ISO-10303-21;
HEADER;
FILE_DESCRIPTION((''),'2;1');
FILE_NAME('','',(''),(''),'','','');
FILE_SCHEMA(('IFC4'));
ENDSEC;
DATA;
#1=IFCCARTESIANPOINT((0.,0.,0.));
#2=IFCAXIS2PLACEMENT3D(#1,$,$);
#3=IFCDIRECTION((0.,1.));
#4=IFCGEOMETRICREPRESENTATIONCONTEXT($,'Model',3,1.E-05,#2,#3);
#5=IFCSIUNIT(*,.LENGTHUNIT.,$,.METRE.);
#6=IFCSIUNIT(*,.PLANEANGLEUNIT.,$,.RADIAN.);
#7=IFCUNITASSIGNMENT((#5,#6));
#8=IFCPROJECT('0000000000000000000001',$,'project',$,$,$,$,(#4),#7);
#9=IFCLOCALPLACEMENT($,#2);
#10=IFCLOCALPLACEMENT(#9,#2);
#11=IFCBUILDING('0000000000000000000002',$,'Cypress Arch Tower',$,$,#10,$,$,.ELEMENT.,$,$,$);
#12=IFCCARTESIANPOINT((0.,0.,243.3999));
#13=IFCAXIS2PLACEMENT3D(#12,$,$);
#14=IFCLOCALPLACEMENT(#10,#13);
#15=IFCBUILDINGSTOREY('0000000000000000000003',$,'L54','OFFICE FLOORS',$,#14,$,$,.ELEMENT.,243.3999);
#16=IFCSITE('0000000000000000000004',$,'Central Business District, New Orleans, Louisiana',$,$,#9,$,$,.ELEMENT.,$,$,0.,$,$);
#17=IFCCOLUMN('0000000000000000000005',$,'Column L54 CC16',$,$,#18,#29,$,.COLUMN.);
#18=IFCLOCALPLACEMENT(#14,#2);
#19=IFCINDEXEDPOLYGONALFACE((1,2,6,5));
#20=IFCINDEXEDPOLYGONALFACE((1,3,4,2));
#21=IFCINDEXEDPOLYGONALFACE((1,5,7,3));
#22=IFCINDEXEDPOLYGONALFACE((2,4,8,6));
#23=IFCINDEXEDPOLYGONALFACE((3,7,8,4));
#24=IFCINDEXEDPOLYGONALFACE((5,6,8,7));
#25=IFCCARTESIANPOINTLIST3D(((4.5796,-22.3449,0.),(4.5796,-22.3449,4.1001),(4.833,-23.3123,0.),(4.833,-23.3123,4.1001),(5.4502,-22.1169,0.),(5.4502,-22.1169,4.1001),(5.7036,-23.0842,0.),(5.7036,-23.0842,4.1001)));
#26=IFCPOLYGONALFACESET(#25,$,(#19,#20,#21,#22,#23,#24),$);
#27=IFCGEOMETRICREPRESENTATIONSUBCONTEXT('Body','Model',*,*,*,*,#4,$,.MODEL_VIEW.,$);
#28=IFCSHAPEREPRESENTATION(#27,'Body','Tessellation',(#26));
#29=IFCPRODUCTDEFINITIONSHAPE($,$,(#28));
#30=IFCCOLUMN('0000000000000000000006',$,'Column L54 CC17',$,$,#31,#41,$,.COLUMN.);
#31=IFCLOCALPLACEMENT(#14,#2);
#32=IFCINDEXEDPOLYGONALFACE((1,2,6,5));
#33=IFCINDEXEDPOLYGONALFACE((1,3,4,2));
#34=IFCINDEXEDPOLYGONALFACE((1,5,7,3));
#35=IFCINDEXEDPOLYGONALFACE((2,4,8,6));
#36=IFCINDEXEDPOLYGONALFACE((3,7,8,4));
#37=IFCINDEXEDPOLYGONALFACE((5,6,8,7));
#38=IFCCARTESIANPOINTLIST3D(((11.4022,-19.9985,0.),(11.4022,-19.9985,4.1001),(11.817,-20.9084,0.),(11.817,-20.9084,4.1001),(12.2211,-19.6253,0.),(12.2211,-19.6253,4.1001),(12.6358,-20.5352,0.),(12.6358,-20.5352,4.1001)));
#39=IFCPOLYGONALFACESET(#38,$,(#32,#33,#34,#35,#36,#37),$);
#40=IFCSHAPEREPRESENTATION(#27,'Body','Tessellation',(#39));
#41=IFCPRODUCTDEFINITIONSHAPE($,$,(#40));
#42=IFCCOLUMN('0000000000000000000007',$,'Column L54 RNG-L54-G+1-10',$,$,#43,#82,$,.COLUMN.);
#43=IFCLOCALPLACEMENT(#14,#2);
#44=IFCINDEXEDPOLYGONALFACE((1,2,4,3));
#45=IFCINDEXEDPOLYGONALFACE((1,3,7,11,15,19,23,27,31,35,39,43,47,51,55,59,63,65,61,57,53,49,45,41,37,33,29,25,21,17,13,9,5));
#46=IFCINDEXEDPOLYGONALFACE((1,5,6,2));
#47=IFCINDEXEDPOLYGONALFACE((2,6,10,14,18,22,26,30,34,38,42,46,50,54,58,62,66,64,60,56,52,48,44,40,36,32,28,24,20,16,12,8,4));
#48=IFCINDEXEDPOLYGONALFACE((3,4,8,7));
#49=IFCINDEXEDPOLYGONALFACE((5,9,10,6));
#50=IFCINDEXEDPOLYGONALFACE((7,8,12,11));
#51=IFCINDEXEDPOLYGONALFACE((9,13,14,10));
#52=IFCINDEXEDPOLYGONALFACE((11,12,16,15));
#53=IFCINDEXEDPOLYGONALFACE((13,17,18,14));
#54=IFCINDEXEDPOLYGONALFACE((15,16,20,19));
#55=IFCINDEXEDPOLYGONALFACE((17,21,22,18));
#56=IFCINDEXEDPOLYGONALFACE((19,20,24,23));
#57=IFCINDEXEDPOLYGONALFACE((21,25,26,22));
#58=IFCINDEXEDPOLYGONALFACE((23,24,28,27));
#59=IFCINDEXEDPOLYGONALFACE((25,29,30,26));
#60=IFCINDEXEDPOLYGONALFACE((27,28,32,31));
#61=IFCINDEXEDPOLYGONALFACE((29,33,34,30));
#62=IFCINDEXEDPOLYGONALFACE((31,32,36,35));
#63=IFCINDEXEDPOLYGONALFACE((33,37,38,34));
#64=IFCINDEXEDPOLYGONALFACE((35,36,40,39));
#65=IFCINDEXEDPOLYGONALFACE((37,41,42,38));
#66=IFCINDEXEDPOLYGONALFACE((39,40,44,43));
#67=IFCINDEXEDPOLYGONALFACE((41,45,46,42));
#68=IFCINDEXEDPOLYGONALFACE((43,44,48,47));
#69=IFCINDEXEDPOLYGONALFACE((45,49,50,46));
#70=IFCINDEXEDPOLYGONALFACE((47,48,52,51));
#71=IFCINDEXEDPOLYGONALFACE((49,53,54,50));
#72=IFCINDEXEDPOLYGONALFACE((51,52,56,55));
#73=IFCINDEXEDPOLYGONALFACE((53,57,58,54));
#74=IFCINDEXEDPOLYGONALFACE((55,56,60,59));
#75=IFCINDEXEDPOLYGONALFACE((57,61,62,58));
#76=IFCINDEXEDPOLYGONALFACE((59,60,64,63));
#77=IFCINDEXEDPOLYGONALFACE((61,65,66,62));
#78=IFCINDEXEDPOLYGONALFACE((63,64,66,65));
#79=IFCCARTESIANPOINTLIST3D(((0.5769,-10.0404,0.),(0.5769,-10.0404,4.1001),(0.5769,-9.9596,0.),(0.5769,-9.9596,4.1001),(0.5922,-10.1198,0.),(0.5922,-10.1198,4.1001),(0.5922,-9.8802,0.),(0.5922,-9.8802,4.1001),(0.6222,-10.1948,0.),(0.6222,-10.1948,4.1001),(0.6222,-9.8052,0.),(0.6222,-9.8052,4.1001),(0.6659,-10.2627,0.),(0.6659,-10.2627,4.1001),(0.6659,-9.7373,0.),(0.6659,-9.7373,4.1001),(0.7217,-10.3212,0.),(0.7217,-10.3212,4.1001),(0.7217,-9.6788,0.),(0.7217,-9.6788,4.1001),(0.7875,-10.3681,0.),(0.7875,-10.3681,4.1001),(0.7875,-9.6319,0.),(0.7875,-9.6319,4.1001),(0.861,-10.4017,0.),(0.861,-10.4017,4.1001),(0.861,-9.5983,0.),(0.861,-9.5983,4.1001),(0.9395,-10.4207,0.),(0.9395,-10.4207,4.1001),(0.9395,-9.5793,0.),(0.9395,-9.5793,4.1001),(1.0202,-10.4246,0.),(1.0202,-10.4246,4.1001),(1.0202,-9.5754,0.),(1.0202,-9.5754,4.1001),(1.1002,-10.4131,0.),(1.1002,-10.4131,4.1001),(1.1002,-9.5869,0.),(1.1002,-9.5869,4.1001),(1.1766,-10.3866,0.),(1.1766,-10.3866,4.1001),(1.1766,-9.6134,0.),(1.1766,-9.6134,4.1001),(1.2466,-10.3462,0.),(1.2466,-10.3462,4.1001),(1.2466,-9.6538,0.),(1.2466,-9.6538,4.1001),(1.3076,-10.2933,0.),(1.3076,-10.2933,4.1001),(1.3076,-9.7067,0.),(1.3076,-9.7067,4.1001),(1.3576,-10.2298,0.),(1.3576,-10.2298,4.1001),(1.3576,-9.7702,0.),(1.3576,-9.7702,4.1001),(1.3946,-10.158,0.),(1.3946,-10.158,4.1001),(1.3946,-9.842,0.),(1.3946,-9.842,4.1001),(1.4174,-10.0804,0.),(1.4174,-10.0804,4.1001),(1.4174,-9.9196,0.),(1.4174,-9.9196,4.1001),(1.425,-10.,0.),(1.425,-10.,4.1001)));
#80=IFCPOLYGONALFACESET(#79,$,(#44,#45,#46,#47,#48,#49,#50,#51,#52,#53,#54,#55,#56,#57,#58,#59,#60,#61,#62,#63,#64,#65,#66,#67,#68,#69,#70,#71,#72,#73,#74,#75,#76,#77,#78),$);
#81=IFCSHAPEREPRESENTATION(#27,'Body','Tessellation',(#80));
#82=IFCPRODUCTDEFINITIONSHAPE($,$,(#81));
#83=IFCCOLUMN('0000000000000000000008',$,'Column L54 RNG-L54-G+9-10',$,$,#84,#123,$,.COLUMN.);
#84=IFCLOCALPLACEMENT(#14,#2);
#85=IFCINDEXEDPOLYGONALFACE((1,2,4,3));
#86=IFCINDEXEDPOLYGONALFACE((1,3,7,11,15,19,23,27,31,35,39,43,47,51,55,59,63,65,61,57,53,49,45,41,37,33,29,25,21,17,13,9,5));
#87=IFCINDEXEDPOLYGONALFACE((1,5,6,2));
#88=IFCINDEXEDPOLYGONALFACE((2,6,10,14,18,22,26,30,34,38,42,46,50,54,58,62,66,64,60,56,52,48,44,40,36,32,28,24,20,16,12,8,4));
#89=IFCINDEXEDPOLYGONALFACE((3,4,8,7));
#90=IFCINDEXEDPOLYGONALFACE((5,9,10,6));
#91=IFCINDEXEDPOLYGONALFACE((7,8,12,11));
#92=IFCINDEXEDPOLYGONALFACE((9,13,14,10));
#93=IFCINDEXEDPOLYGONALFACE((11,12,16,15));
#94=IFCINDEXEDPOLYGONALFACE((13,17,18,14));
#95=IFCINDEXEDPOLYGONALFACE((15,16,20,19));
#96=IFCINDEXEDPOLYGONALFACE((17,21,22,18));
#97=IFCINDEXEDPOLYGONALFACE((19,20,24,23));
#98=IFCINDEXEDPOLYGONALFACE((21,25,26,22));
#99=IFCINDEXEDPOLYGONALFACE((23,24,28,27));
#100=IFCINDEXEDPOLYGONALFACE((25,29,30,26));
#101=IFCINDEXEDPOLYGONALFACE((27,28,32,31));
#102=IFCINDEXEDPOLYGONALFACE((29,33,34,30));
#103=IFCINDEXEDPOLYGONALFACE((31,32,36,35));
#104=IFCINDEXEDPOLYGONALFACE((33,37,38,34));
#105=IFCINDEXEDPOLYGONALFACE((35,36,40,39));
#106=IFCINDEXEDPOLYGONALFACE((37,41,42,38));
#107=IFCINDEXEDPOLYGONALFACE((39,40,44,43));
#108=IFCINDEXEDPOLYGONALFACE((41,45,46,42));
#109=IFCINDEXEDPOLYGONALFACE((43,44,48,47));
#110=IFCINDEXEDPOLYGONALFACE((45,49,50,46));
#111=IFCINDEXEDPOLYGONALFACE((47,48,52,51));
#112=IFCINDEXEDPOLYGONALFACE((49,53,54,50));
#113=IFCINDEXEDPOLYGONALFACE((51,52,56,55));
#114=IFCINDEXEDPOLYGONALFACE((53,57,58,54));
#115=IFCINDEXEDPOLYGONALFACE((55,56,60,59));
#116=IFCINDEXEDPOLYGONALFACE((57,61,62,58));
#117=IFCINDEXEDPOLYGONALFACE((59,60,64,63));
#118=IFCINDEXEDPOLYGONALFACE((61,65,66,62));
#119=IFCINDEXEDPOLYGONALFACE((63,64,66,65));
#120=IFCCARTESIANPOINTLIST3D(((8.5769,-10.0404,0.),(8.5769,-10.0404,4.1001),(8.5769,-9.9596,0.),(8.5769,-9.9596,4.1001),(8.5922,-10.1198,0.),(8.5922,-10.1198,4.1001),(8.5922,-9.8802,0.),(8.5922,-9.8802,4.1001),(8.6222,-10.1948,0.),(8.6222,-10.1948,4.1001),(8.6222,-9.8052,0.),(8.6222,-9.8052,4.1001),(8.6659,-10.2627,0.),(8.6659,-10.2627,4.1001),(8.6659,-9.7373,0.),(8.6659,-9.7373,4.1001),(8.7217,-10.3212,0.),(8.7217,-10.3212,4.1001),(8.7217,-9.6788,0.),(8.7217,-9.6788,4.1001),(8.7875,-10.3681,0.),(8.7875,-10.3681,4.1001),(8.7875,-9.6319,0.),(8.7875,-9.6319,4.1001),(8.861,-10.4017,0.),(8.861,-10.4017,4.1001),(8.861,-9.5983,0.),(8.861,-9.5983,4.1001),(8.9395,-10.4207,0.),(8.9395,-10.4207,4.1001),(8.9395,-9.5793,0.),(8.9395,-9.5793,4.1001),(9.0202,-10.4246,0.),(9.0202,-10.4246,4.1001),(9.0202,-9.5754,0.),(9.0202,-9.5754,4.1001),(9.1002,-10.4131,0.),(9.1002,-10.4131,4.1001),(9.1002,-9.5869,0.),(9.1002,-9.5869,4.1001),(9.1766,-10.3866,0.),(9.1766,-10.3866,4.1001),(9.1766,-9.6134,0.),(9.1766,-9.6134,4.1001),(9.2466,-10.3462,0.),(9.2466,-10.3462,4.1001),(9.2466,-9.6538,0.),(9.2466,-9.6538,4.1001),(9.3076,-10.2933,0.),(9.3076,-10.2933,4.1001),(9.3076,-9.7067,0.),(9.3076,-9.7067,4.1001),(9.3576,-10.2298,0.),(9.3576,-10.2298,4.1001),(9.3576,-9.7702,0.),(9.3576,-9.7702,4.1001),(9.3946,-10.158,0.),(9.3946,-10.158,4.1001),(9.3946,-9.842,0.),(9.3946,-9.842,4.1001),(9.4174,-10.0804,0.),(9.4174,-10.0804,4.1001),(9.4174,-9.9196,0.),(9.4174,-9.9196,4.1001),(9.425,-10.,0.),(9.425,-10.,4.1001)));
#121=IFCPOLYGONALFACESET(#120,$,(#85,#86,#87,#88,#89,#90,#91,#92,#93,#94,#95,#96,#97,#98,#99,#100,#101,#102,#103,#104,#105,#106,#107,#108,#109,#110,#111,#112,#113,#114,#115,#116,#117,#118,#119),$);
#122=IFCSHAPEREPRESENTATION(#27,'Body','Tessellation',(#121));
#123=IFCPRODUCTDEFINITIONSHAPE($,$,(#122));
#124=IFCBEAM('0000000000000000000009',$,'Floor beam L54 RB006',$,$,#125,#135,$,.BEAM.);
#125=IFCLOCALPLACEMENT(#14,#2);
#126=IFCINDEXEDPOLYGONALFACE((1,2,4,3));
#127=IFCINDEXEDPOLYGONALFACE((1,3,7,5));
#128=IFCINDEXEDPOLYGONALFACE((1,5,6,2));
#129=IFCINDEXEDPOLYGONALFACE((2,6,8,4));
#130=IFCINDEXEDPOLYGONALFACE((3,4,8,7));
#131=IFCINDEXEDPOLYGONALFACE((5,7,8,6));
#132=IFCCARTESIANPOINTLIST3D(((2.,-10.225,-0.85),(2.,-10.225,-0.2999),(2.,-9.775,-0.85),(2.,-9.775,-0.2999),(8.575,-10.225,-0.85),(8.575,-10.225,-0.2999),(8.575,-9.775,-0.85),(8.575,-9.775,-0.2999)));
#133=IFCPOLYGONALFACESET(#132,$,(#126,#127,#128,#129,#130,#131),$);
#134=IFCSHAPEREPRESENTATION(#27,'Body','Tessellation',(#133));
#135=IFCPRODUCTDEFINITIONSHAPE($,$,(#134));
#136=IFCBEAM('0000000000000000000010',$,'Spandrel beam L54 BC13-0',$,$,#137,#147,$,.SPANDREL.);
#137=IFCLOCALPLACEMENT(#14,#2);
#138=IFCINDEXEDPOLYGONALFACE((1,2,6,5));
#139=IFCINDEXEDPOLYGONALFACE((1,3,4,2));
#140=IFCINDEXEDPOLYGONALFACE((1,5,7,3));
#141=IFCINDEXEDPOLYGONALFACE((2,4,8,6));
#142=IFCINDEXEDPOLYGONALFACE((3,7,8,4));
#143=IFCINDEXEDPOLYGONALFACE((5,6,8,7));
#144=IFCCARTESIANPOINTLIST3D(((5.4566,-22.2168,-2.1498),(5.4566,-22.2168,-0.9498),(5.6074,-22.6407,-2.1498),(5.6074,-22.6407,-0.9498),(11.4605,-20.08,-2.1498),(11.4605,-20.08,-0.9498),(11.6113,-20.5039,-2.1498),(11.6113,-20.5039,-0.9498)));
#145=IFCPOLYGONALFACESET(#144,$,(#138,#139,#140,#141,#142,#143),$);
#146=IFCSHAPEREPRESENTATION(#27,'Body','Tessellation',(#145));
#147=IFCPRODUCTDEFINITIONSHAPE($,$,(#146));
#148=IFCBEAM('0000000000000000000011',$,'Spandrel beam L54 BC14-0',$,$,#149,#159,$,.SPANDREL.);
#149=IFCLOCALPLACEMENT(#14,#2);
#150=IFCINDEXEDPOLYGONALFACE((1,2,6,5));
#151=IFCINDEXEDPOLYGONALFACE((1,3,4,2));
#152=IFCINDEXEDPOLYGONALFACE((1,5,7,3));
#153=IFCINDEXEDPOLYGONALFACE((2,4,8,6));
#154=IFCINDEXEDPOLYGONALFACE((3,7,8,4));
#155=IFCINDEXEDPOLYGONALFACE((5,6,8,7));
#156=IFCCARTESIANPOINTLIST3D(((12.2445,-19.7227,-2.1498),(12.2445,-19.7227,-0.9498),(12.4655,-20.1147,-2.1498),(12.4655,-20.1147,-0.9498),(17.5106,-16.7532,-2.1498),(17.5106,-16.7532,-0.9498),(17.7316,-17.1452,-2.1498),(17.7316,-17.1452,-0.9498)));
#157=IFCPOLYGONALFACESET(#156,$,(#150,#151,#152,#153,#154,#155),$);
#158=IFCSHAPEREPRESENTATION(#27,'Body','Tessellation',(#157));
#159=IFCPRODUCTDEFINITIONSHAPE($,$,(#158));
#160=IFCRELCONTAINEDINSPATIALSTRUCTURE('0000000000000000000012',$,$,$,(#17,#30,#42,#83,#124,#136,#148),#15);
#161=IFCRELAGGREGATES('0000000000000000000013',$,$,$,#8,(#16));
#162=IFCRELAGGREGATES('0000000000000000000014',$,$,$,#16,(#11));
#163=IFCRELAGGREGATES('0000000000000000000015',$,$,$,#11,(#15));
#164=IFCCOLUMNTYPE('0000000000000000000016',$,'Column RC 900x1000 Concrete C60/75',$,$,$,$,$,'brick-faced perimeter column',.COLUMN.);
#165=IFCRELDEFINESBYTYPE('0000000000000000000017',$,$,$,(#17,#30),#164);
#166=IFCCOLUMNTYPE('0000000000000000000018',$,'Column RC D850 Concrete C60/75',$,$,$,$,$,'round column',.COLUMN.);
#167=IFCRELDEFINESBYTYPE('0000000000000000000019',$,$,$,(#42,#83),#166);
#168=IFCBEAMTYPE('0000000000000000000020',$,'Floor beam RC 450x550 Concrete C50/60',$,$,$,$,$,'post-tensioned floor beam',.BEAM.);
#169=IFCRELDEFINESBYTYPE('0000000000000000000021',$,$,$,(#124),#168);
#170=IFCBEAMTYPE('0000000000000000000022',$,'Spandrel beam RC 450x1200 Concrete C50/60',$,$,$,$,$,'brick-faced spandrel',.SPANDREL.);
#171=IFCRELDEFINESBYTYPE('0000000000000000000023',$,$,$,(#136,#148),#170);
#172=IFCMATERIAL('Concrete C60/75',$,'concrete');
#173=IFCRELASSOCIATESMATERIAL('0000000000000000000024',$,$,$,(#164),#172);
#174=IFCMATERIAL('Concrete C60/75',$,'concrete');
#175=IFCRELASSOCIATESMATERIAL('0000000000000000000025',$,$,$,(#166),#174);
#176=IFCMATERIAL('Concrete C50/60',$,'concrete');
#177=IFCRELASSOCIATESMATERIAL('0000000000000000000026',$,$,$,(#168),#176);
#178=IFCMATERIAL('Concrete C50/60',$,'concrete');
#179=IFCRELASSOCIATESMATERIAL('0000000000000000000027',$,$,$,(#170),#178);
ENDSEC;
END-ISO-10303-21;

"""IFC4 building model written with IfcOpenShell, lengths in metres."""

from ifc_helpers import new_model, si_unit, direction, frame, origin, origin_2d, place, context, subcontext, project, spatial, rectangle, circle, extrude, material, material_profile, profile_set, type_object, element, save


model = new_model("IFC4")

# Units and contexts
model_context = context("Model", 3, precision=1e-05, world=origin(), true_north=direction((0.0, 1.0)))
body_context = subcontext(model_context, "Body", "Model", "MODEL_VIEW")
ifc_project = project(units=[si_unit("LENGTHUNIT", "METRE"), si_unit("PLANEANGLEUNIT", "RADIAN")], contexts=[model_context])

# Site, building, storey
site_placement = place(None, origin())
site = spatial("IfcSite", under=ifc_project, at=site_placement, Name="Central Business District, New Orleans, Louisiana", CompositionType="ELEMENT", RefElevation=0.0)
building_placement = place(site_placement, origin())
building = spatial("IfcBuilding", under=site, at=building_placement, Name="Cypress Arch Tower", CompositionType="ELEMENT")
storey_placement = place(building_placement, frame((0.0, 0.0, 243.3999)))
storey = spatial("IfcBuildingStorey", under=building, at=storey_placement, Name="L54", Description="OFFICE FLOORS", CompositionType="ELEMENT", Elevation=243.3999)

# Columns
ifc_material_1 = material(Name="Concrete C60/75", Category="concrete")
ifc_material_profile_1 = material_profile(ifc_material_1, rectangle(XDim=0.8999, YDim=1.0, at=origin_2d()), Name="RC 900x1000")
ifc_profile_set_1 = profile_set([ifc_material_profile_1], Name="Concrete C60/75")
column_type_1 = type_object("IfcColumnType", Name="Column RC 900x1000 Concrete C60/75", ElementType="brick-faced perimeter column", PredefinedType="COLUMN", material=ifc_profile_set_1)
for number, where, z_axis, x_axis, name in (
    (1, (5.1416, -22.7146, 0.0), (0.0, 0.0, 1.0), (0.967356, 0.253422, 0.0), "Column L54 CC16"),
    (2, (12.019, -20.2668, 0.0), (0.0, 0.0, 1.0), (0.909932, 0.414757, 0.0), "Column L54 CC17"),
):
    element("IfcColumn", number, at=place(storey_placement, frame(where, z_axis=z_axis, x_axis=x_axis)), inside=storey, type_object=column_type_1, Name=name, PredefinedType="COLUMN", context=body_context, shape_type="SweptSolid", body=[
        extrude(rectangle(XDim=0.8999, YDim=1.0, at=origin_2d()), origin(), (0.0, 0.0, 1.0), 4.1001),
    ])
ifc_material_2 = material(Name="Concrete C60/75", Category="concrete")
ifc_material_profile_2 = material_profile(ifc_material_2, circle(Radius=0.425, at=origin_2d()), Name="RC D850")
ifc_profile_set_2 = profile_set([ifc_material_profile_2], Name="Concrete C60/75")
column_type_2 = type_object("IfcColumnType", Name="Column RC D850 Concrete C60/75", ElementType="round column", PredefinedType="COLUMN", material=ifc_profile_set_2)
for number, where, z_axis, x_axis, name in (
    (3, (1.0, -10.0, 0.0), (0.0, 0.0, 1.0), (1.0, 0.0, 0.0), "Column L54 RNG-L54-G+1-10"),
    (4, (9.0, -10.0, 0.0), (0.0, 0.0, 1.0), (1.0, 0.0, 0.0), "Column L54 RNG-L54-G+9-10"),
):
    element("IfcColumn", number, at=place(storey_placement, frame(where, z_axis=z_axis, x_axis=x_axis)), inside=storey, type_object=column_type_2, Name=name, PredefinedType="COLUMN", context=body_context, shape_type="SweptSolid", body=[
        extrude(circle(Radius=0.425, at=origin_2d()), origin(), (0.0, 0.0, 1.0), 4.1001),
    ])

# Beams
ifc_material_3 = material(Name="Concrete C50/60", Category="concrete")
ifc_material_profile_3 = material_profile(ifc_material_3, rectangle(XDim=0.45, YDim=0.55, at=origin_2d()), Name="RC 450x550")
ifc_profile_set_3 = profile_set([ifc_material_profile_3], Name="Concrete C50/60")
beam_type_1 = type_object("IfcBeamType", Name="Floor beam RC 450x550 Concrete C50/60", ElementType="post-tensioned floor beam", PredefinedType="BEAM", material=ifc_profile_set_3)
beam_1_placement = place(storey_placement, frame((2.0, -10.0, -0.575), z_axis=(1.0, 0.0, 0.0), x_axis=(0.0, 1.0, 0.0)))
element("IfcBeam", 5, at=beam_1_placement, inside=storey, type_object=beam_type_1, Name="Floor beam L54 RB006", PredefinedType="BEAM", context=body_context, shape_type="SweptSolid", body=[
    extrude(rectangle(XDim=0.45, YDim=0.55, at=origin_2d()), origin(), (0.0, 0.0, 1.0), 6.575),
])
ifc_material_4 = material(Name="Concrete C50/60", Category="concrete")
ifc_material_profile_4 = material_profile(ifc_material_4, rectangle(XDim=0.45, YDim=1.2, at=origin_2d()), Name="RC 450x1200")
ifc_profile_set_4 = profile_set([ifc_material_profile_4], Name="Concrete C50/60")
beam_type_2 = type_object("IfcBeamType", Name="Spandrel beam RC 450x1200 Concrete C50/60", ElementType="brick-faced spandrel", PredefinedType="SPANDREL", material=ifc_profile_set_4)
beam_2_placement = place(storey_placement, frame((5.532, -22.4287, -1.5498), z_axis=(0.942116, 0.335288, 0.0), x_axis=(-0.335288, 0.942116, 0.0)))
element("IfcBeam", 6, at=beam_2_placement, inside=storey, type_object=beam_type_2, Name="Spandrel beam L54 BC13-0", PredefinedType="SPANDREL", context=body_context, shape_type="SweptSolid", body=[
    extrude(rectangle(XDim=0.45, YDim=1.2, at=origin_2d()), origin(), (0.0, 0.0, 1.0), 6.3728),
])
beam_3_placement = place(storey_placement, frame((12.355, -19.9187, -1.5498), z_axis=(0.87106, 0.491177, 0.0), x_axis=(-0.491177, 0.87106, 0.0)))
element("IfcBeam", 7, at=beam_3_placement, inside=storey, type_object=beam_type_2, Name="Spandrel beam L54 BC14-0", PredefinedType="SPANDREL", context=body_context, shape_type="SweptSolid", body=[
    extrude(rectangle(XDim=0.45, YDim=1.2, at=origin_2d()), origin(), (0.0, 0.0, 1.0), 6.0457),
])

save(model, "model.ifc")
